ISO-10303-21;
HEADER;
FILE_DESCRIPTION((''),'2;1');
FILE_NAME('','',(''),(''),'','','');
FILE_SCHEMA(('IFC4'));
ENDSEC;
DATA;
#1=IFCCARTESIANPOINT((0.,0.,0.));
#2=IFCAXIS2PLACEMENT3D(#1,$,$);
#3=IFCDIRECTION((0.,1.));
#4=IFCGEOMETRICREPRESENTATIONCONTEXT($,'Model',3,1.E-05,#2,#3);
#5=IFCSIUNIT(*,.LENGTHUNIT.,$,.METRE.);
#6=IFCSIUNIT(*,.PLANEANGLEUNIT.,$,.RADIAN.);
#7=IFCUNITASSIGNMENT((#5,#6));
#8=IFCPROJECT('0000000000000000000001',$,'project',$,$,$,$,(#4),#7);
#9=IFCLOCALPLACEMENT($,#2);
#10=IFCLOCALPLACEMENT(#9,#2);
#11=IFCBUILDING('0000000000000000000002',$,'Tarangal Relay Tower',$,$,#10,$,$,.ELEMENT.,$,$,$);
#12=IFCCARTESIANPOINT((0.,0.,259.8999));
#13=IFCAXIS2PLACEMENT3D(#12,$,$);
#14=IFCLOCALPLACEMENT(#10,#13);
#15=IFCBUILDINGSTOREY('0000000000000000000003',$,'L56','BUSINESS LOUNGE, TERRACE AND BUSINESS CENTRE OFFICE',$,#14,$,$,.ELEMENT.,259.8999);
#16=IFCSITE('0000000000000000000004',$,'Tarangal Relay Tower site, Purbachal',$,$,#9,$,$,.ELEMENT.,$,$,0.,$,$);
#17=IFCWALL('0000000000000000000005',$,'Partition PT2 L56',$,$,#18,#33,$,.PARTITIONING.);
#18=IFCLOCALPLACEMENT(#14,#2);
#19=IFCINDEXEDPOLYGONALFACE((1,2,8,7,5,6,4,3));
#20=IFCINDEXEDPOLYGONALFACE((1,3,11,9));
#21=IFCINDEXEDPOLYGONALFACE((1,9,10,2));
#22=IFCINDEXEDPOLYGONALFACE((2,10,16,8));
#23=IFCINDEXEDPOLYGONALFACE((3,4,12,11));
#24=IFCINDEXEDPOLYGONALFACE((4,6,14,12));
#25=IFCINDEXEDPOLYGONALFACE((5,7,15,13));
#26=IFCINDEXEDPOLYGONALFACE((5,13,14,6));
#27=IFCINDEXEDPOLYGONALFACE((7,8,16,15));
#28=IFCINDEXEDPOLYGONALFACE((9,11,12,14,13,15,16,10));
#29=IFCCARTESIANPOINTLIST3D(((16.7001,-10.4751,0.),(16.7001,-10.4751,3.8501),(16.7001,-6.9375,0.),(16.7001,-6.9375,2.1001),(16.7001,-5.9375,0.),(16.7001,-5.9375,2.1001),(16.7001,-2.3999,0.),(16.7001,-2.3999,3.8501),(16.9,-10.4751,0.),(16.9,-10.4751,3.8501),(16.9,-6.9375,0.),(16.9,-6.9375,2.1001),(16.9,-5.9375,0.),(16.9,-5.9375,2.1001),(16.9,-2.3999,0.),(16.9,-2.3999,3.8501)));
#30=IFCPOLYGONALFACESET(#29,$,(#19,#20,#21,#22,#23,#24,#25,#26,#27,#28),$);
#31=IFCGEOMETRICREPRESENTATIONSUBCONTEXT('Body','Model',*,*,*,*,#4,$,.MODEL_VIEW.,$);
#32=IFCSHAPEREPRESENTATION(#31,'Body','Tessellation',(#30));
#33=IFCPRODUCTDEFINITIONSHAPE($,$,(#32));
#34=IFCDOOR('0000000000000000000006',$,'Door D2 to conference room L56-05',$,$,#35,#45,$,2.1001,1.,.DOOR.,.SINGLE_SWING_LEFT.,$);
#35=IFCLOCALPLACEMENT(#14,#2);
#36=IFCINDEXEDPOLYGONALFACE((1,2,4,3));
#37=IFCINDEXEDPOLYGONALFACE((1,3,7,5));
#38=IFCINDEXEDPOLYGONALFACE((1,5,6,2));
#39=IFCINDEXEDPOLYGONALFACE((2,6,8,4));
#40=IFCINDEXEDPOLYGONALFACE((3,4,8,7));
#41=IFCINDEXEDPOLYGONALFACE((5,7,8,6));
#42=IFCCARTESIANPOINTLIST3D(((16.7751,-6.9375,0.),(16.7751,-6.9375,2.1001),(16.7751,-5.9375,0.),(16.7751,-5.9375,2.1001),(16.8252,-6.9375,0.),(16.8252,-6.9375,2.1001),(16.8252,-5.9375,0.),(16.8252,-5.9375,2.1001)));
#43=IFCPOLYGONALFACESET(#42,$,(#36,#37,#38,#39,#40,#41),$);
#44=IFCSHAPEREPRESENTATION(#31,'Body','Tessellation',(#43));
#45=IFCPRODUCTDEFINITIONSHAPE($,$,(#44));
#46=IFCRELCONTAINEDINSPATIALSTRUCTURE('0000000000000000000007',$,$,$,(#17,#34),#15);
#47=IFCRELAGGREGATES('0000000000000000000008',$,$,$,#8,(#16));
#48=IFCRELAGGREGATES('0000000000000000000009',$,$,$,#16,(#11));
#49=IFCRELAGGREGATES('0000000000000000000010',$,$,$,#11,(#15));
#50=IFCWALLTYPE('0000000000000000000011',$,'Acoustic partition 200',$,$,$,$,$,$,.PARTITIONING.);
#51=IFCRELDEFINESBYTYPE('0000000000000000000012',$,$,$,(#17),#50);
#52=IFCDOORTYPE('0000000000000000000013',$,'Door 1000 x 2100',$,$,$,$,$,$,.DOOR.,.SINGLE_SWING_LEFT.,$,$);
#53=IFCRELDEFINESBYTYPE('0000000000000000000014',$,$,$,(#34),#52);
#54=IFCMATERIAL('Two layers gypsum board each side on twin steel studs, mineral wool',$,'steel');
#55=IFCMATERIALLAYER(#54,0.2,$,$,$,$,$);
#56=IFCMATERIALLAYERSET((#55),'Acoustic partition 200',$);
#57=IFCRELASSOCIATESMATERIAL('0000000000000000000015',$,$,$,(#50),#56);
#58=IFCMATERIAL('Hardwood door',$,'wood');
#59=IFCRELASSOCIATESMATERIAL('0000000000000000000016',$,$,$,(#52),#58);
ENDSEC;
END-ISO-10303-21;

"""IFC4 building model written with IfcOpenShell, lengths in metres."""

from ifc_helpers import new_model, si_unit, direction, frame, frame_2d, origin, place, context, subcontext, project, spatial, rectangle, extrude, material, layer, layer_set, type_object, element, fill, save


model = new_model("IFC4")

# Units and contexts
model_context = context("Model", 3, precision=1e-05, world=origin(), true_north=direction((0.0, 1.0)))
body_context = subcontext(model_context, "Body", "Model", "MODEL_VIEW")
ifc_project = project(units=[si_unit("LENGTHUNIT", "METRE"), si_unit("PLANEANGLEUNIT", "RADIAN")], contexts=[model_context])

# Site, building, storey
site_placement = place(None, origin())
site = spatial("IfcSite", under=ifc_project, at=site_placement, Name="Tarangal Relay Tower site, Purbachal", CompositionType="ELEMENT", RefElevation=0.0)
building_placement = place(site_placement, origin())
building = spatial("IfcBuilding", under=site, at=building_placement, Name="Tarangal Relay Tower", CompositionType="ELEMENT")
storey_placement = place(building_placement, frame((0.0, 0.0, 259.8999)))
storey = spatial("IfcBuildingStorey", under=building, at=storey_placement, Name="L56", Description="BUSINESS LOUNGE, TERRACE AND BUSINESS CENTRE OFFICE", CompositionType="ELEMENT", Elevation=259.8999)

# Shared definitions
ifc_material_1 = material(Name="Two layers gypsum board each side on twin steel studs, mineral wool", Category="steel")
ifc_layer_1 = layer(ifc_material_1, 0.2)
ifc_layer_set_1 = layer_set([ifc_layer_1], Name="Acoustic partition 200")
wall_type = type_object("IfcWallType", Name="Acoustic partition 200", PredefinedType="PARTITIONING", material=ifc_layer_set_1)

# Wall, opening, door
wall_placement = place(storey_placement, frame((16.8, -10.4751, 0.0), z_axis=(0.0, 0.0, 1.0), x_axis=(0.0, 1.0, 0.0)))
wall = element("IfcWall", 1, at=wall_placement, inside=storey, type_object=wall_type, Name="Partition PT2 L56", PredefinedType="PARTITIONING", context=body_context, shape_type="SweptSolid", body=[
    extrude(rectangle(XDim=8.0752, YDim=0.2, at=frame_2d((4.0376, 0.0))), origin(), (0.0, 0.0, 1.0), 3.8501),
])
opening_placement = place(wall_placement, frame((3.5376, 0.0, 0.0)))
opening = element("IfcOpeningElement", 2, at=opening_placement, cuts=wall, PredefinedType="OPENING", context=body_context, shape_type="SweptSolid", body=[
    extrude(rectangle(XDim=1.0, YDim=2.1001, at=frame_2d((0.5, 1.05))), frame((0.0, 0.1099, 0.0), z_axis=(0.0, -1.0, 0.0), x_axis=(1.0, 0.0, 0.0)), (0.0, 0.0, 1.0), 0.22),
])
ifc_material_2 = material(Name="Hardwood door", Category="wood")
door_type = type_object("IfcDoorType", Name="Door 1000 x 2100", OperationType="SINGLE_SWING_LEFT", PredefinedType="DOOR", material=ifc_material_2)
door_placement = place(opening_placement, origin())
door = element("IfcDoor", 3, at=door_placement, inside=storey, type_object=door_type, Name="Door D2 to conference room L56-05", OperationType="SINGLE_SWING_LEFT", OverallHeight=2.1001, OverallWidth=1.0, PredefinedType="DOOR", context=body_context, shape_type="SweptSolid", body=[
    extrude(rectangle(XDim=1.0, YDim=2.1001, at=frame_2d((0.5, 1.05))), frame((0.0, 0.0249, 0.0), z_axis=(0.0, -1.0, 0.0), x_axis=(1.0, 0.0, 0.0)), (0.0, 0.0, 1.0), 0.05),
])
fill(opening, door)

save(model, "model.ifc")
